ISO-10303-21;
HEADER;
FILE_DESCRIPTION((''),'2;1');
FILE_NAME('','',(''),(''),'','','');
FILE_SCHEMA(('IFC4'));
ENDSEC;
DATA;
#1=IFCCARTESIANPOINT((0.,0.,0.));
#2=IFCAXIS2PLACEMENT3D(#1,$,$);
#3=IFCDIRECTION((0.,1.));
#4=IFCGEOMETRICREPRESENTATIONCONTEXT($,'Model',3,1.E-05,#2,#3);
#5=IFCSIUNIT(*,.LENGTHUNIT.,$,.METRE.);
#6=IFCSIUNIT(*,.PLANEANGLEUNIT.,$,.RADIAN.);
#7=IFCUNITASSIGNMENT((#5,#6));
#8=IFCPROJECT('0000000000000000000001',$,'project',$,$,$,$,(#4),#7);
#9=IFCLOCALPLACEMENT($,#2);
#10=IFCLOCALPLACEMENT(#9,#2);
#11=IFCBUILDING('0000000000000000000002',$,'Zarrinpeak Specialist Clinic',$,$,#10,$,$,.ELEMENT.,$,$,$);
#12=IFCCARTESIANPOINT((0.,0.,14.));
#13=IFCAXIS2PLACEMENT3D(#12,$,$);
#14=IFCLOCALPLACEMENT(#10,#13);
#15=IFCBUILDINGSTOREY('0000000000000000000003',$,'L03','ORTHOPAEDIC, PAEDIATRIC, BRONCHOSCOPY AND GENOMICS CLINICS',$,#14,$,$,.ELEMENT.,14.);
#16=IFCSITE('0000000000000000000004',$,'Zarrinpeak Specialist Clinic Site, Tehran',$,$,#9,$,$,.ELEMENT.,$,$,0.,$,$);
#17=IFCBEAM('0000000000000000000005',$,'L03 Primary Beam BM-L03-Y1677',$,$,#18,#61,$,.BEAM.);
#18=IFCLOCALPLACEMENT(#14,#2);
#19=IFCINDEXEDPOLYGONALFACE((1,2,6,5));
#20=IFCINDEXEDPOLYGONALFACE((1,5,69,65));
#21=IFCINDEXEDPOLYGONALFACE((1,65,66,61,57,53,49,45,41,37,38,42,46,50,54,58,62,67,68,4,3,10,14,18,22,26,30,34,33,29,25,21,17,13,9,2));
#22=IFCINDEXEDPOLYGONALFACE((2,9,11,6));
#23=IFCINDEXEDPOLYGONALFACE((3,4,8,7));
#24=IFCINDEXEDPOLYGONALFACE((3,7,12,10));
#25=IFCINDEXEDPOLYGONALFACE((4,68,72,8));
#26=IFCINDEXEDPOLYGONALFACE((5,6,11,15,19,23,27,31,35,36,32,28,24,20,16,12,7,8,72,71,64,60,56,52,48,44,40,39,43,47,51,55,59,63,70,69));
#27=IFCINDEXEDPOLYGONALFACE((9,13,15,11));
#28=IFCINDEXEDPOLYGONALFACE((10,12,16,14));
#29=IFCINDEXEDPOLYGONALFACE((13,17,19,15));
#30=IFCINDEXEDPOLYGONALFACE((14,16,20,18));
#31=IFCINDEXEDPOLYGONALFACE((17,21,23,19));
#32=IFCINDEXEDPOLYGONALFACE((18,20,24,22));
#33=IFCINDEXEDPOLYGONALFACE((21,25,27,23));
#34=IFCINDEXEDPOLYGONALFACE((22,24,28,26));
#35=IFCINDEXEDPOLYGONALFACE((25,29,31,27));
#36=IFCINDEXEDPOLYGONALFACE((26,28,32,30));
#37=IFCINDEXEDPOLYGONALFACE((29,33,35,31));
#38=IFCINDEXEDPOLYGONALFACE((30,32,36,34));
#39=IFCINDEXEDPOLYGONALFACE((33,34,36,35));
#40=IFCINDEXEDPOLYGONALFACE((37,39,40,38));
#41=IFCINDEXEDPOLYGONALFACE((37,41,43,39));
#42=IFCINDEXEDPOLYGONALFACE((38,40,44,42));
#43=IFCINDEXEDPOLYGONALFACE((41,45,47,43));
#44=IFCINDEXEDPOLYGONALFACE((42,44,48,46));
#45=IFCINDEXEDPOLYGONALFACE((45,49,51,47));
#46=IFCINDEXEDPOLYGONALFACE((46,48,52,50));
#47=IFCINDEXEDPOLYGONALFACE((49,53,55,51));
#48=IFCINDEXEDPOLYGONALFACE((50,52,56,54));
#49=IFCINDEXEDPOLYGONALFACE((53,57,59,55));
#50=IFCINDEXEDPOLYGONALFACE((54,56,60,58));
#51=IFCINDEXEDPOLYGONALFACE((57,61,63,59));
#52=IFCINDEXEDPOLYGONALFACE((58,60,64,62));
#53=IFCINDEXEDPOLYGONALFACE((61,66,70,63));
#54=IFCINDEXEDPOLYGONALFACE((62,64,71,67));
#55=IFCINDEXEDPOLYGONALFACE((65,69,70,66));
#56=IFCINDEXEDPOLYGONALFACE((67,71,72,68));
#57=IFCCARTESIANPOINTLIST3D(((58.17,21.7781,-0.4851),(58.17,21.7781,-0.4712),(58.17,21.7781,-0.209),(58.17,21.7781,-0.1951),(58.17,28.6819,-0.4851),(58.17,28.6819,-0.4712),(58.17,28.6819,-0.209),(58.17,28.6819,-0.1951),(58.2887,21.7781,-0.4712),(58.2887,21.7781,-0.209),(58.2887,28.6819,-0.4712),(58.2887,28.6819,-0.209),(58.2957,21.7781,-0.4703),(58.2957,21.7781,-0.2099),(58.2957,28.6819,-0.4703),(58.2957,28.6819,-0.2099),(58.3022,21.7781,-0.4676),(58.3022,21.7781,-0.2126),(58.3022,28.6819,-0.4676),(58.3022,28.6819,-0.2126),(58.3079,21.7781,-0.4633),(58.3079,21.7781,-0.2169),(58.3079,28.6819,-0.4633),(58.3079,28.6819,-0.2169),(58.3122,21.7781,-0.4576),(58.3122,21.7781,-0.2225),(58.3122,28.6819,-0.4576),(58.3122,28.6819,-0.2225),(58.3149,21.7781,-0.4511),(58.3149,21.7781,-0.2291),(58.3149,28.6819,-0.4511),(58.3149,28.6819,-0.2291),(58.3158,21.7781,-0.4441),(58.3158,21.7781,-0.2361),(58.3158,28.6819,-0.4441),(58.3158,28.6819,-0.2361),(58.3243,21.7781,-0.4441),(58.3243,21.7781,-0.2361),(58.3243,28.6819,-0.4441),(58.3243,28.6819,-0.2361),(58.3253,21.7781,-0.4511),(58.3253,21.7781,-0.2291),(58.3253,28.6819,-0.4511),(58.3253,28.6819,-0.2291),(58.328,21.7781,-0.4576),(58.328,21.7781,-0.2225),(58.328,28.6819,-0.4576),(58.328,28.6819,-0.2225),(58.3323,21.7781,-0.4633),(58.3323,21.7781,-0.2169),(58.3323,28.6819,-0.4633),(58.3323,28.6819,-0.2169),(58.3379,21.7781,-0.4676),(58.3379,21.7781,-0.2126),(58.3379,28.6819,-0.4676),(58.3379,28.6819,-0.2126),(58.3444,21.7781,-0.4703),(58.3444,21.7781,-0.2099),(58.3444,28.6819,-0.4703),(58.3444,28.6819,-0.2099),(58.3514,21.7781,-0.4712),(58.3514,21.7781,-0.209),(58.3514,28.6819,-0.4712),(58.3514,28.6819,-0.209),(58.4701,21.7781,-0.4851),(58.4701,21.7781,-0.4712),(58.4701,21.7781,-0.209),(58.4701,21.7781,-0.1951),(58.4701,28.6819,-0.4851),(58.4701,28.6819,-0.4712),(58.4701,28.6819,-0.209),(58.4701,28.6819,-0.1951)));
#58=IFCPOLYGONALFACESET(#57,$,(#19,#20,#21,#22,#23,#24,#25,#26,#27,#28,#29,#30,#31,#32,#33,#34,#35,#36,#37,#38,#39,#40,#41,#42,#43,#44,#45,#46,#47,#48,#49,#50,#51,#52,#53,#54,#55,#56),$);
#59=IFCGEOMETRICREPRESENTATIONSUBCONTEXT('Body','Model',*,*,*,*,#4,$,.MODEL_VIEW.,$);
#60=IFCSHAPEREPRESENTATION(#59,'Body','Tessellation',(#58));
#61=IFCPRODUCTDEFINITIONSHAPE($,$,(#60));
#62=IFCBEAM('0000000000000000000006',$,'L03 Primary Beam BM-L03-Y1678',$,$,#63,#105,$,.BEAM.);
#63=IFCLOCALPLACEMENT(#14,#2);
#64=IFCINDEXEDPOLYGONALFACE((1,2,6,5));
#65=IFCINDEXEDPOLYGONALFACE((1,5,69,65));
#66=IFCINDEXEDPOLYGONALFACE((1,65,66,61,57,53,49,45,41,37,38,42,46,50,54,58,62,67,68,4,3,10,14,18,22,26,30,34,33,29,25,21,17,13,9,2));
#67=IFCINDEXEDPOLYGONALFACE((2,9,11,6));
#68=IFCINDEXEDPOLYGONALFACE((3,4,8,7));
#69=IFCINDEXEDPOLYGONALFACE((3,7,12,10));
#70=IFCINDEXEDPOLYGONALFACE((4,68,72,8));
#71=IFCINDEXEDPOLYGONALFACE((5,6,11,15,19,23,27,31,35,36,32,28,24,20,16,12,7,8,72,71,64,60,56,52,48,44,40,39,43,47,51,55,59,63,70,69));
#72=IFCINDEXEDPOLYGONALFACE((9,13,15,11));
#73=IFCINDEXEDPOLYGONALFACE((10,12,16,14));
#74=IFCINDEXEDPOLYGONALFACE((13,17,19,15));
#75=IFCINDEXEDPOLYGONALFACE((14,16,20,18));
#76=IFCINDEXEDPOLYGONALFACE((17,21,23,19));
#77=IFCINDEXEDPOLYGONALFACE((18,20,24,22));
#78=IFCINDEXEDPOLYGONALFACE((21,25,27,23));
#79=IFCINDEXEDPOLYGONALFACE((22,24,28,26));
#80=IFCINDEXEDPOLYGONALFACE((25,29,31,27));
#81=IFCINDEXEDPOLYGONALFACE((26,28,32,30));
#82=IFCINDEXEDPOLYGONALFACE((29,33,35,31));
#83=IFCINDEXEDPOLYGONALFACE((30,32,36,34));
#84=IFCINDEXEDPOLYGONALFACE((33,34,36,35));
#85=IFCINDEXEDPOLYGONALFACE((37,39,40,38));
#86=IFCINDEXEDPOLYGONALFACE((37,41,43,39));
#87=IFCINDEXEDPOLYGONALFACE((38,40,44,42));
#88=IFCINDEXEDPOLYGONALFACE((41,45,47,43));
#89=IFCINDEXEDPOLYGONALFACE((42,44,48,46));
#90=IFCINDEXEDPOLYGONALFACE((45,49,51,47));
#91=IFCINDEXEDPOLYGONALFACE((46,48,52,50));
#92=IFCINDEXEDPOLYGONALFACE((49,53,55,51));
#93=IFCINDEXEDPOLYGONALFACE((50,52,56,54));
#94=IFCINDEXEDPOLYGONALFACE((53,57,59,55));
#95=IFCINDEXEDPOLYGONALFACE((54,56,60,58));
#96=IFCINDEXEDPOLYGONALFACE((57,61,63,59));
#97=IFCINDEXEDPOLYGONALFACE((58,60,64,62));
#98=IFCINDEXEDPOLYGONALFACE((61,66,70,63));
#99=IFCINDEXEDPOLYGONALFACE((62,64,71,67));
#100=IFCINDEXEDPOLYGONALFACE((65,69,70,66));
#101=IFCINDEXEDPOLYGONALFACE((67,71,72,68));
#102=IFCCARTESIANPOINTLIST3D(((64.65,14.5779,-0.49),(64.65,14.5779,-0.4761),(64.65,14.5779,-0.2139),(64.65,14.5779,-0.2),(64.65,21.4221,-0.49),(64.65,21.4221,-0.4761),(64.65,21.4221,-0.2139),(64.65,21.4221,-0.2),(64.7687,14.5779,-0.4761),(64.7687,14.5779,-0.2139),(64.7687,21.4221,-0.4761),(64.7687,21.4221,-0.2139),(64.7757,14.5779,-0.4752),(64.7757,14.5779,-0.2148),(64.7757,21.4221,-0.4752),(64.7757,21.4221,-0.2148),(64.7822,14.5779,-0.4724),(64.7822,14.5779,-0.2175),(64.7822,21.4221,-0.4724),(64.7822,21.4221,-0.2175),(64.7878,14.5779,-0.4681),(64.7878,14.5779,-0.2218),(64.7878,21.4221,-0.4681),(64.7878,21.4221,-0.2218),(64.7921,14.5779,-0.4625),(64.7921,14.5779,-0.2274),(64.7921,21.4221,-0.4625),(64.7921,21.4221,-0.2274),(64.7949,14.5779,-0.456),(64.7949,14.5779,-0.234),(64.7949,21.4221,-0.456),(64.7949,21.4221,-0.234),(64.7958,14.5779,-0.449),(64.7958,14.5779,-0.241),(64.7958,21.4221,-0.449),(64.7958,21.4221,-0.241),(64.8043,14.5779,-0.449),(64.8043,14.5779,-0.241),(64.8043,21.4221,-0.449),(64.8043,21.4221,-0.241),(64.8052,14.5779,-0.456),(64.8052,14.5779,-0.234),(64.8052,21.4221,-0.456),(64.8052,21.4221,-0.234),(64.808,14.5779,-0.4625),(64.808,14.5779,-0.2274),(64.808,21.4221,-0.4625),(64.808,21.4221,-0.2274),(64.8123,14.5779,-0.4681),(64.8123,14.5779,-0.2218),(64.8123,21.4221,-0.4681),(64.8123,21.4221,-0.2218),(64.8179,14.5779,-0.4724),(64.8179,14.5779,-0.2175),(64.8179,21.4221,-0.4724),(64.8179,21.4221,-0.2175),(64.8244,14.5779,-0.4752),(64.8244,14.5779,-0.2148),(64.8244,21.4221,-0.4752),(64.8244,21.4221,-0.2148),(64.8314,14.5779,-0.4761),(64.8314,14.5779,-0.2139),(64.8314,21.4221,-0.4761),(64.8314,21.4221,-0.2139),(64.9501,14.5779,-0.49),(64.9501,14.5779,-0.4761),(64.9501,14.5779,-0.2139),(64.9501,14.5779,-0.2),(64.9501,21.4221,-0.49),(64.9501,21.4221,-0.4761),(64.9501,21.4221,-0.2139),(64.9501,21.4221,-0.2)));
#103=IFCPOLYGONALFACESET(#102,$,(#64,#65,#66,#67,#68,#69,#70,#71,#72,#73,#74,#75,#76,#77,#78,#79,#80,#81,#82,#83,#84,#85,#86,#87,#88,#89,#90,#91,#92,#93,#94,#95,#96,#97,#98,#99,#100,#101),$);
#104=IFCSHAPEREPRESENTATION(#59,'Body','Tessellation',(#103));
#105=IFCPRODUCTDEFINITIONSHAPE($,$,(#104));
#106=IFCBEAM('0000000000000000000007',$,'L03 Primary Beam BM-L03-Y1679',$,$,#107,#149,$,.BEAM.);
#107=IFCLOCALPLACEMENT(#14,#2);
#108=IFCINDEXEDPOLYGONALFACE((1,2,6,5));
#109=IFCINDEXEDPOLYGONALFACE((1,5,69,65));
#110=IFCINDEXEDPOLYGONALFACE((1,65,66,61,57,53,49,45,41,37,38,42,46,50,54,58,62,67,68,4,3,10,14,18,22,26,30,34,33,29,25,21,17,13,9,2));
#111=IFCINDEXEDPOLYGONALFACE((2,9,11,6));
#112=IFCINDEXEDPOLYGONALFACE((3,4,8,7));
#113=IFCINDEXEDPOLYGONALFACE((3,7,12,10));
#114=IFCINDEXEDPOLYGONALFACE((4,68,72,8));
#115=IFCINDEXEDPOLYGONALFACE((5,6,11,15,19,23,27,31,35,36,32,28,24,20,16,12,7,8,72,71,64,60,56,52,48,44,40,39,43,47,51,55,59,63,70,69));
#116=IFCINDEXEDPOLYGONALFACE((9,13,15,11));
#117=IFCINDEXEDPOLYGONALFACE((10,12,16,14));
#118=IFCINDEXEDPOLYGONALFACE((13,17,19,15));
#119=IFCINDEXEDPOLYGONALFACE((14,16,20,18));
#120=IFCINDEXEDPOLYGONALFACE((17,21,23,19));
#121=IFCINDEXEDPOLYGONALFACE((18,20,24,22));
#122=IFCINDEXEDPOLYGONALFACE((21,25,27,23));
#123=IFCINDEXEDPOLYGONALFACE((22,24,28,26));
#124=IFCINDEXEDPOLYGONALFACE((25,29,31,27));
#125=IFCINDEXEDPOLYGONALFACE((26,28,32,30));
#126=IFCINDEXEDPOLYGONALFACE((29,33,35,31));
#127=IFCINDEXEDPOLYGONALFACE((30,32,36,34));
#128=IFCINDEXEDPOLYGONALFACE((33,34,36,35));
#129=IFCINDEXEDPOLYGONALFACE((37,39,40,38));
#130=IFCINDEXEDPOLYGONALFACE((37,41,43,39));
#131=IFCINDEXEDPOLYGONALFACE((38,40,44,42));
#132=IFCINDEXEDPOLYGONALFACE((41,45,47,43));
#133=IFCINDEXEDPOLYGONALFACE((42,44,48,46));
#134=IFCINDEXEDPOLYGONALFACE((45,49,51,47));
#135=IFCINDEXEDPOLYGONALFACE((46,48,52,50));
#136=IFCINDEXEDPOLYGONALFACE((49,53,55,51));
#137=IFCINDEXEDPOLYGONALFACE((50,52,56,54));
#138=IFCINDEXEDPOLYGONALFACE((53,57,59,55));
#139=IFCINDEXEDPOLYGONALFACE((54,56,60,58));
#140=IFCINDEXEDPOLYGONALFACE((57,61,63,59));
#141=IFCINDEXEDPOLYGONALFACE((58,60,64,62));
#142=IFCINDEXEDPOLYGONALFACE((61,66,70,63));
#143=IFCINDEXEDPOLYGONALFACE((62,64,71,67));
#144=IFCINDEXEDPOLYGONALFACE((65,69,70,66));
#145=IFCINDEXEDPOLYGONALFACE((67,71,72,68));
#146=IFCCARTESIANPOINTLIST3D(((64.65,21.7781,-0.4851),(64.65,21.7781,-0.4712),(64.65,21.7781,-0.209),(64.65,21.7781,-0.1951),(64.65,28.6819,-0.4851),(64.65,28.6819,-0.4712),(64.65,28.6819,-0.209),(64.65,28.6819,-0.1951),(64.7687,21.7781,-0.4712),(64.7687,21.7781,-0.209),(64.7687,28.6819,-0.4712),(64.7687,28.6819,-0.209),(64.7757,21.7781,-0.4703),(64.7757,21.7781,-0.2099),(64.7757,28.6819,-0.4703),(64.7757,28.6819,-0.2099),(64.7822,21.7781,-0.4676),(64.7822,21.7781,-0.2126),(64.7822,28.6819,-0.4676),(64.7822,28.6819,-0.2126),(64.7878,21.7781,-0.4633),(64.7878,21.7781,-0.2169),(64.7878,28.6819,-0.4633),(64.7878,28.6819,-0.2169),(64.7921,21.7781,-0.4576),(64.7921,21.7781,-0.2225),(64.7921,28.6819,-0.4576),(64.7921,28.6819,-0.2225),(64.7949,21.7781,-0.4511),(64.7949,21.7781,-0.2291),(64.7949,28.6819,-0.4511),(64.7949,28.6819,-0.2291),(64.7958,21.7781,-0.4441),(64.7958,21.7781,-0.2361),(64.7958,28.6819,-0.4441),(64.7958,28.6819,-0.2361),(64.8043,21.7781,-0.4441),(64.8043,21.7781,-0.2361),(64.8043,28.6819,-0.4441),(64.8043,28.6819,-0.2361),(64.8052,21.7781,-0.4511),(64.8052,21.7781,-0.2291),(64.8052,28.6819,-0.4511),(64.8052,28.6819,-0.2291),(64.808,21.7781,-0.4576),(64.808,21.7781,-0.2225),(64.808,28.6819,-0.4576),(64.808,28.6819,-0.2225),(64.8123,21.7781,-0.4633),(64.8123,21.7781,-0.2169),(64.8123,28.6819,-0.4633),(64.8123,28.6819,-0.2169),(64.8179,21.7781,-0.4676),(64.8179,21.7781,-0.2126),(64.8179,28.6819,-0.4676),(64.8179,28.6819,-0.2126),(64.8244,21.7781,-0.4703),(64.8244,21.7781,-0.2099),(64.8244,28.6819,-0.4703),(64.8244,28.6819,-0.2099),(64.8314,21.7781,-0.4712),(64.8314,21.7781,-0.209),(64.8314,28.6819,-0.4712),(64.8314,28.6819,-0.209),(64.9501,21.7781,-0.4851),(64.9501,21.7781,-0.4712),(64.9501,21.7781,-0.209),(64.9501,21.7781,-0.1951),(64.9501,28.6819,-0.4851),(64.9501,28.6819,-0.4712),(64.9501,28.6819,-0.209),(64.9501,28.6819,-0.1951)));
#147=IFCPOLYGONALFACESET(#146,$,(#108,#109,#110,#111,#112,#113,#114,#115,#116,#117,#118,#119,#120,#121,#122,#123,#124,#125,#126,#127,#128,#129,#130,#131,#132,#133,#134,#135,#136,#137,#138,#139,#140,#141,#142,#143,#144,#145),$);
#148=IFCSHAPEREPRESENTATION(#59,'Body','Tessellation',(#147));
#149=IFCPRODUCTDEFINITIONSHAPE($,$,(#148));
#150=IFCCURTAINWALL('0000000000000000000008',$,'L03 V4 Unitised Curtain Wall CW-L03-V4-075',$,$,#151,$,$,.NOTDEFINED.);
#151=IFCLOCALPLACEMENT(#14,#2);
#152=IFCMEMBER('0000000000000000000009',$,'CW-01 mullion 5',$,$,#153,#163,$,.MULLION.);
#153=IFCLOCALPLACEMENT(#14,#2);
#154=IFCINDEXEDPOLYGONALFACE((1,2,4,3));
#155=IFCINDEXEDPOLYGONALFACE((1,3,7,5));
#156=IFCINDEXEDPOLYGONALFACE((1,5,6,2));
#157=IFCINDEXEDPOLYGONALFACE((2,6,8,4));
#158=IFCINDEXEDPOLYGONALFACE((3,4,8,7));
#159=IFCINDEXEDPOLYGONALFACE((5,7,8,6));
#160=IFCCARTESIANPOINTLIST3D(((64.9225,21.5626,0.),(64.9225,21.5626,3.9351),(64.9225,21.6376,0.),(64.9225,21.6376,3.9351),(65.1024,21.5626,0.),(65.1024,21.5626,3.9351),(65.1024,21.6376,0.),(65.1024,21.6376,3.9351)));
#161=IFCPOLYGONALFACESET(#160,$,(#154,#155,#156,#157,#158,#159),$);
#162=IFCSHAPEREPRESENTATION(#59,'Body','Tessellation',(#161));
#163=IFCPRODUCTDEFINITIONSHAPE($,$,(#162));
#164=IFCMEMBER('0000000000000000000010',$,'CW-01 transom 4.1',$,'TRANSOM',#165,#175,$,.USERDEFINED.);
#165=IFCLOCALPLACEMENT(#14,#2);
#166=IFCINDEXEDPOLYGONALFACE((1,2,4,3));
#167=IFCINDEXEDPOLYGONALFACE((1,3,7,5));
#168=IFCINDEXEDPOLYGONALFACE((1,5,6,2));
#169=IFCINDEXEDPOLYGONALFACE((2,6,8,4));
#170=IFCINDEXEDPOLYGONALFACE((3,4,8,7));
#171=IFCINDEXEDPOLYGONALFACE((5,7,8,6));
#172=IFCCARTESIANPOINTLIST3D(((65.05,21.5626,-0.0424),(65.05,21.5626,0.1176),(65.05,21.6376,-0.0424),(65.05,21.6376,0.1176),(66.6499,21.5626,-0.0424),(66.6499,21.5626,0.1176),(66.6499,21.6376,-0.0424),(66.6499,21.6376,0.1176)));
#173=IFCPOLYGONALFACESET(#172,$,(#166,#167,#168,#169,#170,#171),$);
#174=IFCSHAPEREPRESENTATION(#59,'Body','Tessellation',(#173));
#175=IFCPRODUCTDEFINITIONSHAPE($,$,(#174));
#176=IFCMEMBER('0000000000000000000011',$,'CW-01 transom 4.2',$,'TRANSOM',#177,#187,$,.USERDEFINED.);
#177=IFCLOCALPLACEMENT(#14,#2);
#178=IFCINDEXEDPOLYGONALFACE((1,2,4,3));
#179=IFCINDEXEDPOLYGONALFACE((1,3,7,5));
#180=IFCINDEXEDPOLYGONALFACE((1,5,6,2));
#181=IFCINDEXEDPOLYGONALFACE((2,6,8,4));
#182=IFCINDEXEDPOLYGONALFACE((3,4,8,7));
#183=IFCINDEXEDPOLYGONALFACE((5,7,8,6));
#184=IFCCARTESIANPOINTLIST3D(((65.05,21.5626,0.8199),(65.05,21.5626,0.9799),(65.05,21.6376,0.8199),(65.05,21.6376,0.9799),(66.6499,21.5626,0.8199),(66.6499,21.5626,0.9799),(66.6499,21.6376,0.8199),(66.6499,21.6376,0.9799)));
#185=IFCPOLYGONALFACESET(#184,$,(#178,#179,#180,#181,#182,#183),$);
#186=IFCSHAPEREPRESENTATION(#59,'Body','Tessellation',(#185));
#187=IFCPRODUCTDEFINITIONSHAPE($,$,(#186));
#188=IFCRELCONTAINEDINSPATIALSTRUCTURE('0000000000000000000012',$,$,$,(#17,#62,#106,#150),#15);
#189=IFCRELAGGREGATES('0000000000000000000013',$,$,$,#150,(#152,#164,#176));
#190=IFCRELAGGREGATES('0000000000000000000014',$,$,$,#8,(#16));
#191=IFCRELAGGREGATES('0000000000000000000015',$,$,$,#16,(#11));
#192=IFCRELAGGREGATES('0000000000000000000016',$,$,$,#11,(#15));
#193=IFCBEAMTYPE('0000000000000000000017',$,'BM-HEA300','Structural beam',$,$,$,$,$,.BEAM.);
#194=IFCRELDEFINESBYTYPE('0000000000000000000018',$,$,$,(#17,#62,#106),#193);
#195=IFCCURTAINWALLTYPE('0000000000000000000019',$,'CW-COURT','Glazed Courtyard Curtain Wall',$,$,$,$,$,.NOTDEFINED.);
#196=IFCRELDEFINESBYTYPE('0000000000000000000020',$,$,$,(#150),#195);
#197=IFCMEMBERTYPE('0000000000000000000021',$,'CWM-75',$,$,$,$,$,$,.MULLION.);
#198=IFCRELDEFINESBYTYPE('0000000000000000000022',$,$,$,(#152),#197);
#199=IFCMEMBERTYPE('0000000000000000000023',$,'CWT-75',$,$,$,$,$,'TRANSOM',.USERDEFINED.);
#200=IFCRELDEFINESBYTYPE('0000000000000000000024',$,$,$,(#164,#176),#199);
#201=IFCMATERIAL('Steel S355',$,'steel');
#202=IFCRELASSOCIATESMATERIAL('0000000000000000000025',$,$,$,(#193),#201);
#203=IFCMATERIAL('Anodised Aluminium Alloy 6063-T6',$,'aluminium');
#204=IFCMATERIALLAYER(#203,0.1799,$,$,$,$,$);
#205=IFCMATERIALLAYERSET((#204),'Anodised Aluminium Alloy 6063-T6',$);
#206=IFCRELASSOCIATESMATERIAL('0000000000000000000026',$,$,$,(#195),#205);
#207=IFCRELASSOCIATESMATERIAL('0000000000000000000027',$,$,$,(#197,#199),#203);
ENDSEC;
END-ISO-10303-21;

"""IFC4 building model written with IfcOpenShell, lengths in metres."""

from ifc_helpers import new_model, si_unit, direction, frame, origin, origin_2d, place, context, subcontext, project, spatial, rectangle, i_section, extrude, material, layer, layer_set, material_profile, profile_set, type_object, element, aggregate, save


model = new_model("IFC4")

# Units and contexts
model_context = context("Model", 3, precision=1e-05, world=origin(), true_north=direction((0.0, 1.0)))
body_context = subcontext(model_context, "Body", "Model", "MODEL_VIEW")
ifc_project = project(units=[si_unit("LENGTHUNIT", "METRE"), si_unit("PLANEANGLEUNIT", "RADIAN")], contexts=[model_context])

# Site, building, storey
site_placement = place(None, origin())
site = spatial("IfcSite", under=ifc_project, at=site_placement, Name="Zarrinpeak Specialist Clinic Site, Tehran", CompositionType="ELEMENT", RefElevation=0.0)
building_placement = place(site_placement, origin())
building = spatial("IfcBuilding", under=site, at=building_placement, Name="Zarrinpeak Specialist Clinic", CompositionType="ELEMENT")
storey_placement = place(building_placement, frame((0.0, 0.0, 14.0)))
storey = spatial("IfcBuildingStorey", under=building, at=storey_placement, Name="L03", Description="ORTHOPAEDIC, PAEDIATRIC, BRONCHOSCOPY AND GENOMICS CLINICS", CompositionType="ELEMENT", Elevation=14.0)

# Shared definitions
ifc_material_1 = material(Name="Steel S355", Category="steel")

# Beams
ifc_material_profile_1 = material_profile(ifc_material_1, i_section(OverallWidth=0.3, OverallDepth=0.29, WebThickness=0.0085, FlangeThickness=0.0139, FilletRadius=0.0271, at=origin_2d()), Name="HEA 300")
ifc_profile_set_1 = profile_set([ifc_material_profile_1], Name="Steel S355")
beam_type = type_object("IfcBeamType", Name="BM-HEA300", Description="Structural beam", PredefinedType="BEAM", material=ifc_profile_set_1)
for number, where, z_axis, x_axis, name in (
    (1, (58.3201, 21.7781, -0.3401), (0.0, 1.0, 0.0), (-1.0, 0.0, 0.0), "L03 Primary Beam BM-L03-Y1677"),
):
    element("IfcBeam", number, at=place(storey_placement, frame(where, z_axis=z_axis, x_axis=x_axis)), inside=storey, type_object=beam_type, Name=name, PredefinedType="BEAM", context=body_context, shape_type="SweptSolid", body=[
        extrude(i_section(OverallWidth=0.3, OverallDepth=0.29, WebThickness=0.0085, FlangeThickness=0.0139, FilletRadius=0.0271, at=origin_2d()), origin(), (0.0, 0.0, 1.0), 6.9038),
    ])
beam_1_placement = place(storey_placement, frame((64.8, 14.5779, -0.345), z_axis=(0.0, 1.0, 0.0), x_axis=(-1.0, 0.0, 0.0)))
element("IfcBeam", 2, at=beam_1_placement, inside=storey, type_object=beam_type, Name="L03 Primary Beam BM-L03-Y1678", PredefinedType="BEAM", context=body_context, shape_type="SweptSolid", body=[
    extrude(i_section(OverallWidth=0.3, OverallDepth=0.29, WebThickness=0.0085, FlangeThickness=0.0139, FilletRadius=0.0271, at=origin_2d()), origin(), (0.0, 0.0, 1.0), 6.8442),
])
beam_2_placement = place(storey_placement, frame((64.8, 21.7781, -0.3401), z_axis=(0.0, 1.0, 0.0), x_axis=(-1.0, 0.0, 0.0)))
element("IfcBeam", 3, at=beam_2_placement, inside=storey, type_object=beam_type, Name="L03 Primary Beam BM-L03-Y1679", PredefinedType="BEAM", context=body_context, shape_type="SweptSolid", body=[
    extrude(i_section(OverallWidth=0.3, OverallDepth=0.29, WebThickness=0.0085, FlangeThickness=0.0139, FilletRadius=0.0271, at=origin_2d()), origin(), (0.0, 0.0, 1.0), 6.9038),
])

# Curtain wall, members
ifc_material_2 = material(Name="Anodised Aluminium Alloy 6063-T6", Category="aluminium")
ifc_layer_1 = layer(ifc_material_2, 0.1799)
ifc_layer_set_1 = layer_set([ifc_layer_1], Name="Anodised Aluminium Alloy 6063-T6")
curtain_wall_type = type_object("IfcCurtainWallType", Name="CW-COURT", Description="Glazed Courtyard Curtain Wall", PredefinedType="NOTDEFINED", material=ifc_layer_set_1)
curtain_wall_placement = place(storey_placement, origin())
curtain_wall = element("IfcCurtainWall", 4, at=curtain_wall_placement, inside=storey, type_object=curtain_wall_type, Name="L03 V4 Unitised Curtain Wall CW-L03-V4-075", PredefinedType="NOTDEFINED")
ifc_material_profile_2 = material_profile(ifc_material_2, rectangle(XDim=0.075, YDim=0.1799, at=origin_2d()), Name="ALU 75x180")
ifc_profile_set_2 = profile_set([ifc_material_profile_2], Name="Anodised Aluminium Alloy 6063-T6")
member_type_1 = type_object("IfcMemberType", Name="CWM-75", PredefinedType="MULLION", material=ifc_profile_set_2)
member_1_placement = place(storey_placement, frame((65.0125, 21.6001, 0.0), z_axis=(0.0, 0.0, 1.0), x_axis=(0.0, -1.0, 0.0)))
member_1 = element("IfcMember", 5, at=member_1_placement, type_object=member_type_1, Name="CW-01 mullion 5", PredefinedType="MULLION", context=body_context, shape_type="SweptSolid", body=[
    extrude(rectangle(XDim=0.075, YDim=0.1799, at=origin_2d()), origin(), (0.0, 0.0, 1.0), 3.9351),
])
ifc_material_profile_3 = material_profile(ifc_material_2, rectangle(XDim=0.075, YDim=0.1599, at=origin_2d()), Name="ALU 75x160")
ifc_profile_set_3 = profile_set([ifc_material_profile_3], Name="Anodised Aluminium Alloy 6063-T6")
member_type_2 = type_object("IfcMemberType", Name="CWT-75", ElementType="TRANSOM", PredefinedType="USERDEFINED", material=ifc_profile_set_3)
member_2_placement = place(storey_placement, frame((66.6499, 21.6001, 0.0376), z_axis=(-1.0, 0.0, 0.0), x_axis=(0.0, -1.0, 0.0)))
member_2 = element("IfcMember", 6, at=member_2_placement, type_object=member_type_2, Name="CW-01 transom 4.1", ObjectType="TRANSOM", PredefinedType="USERDEFINED", context=body_context, shape_type="SweptSolid", body=[
    extrude(rectangle(XDim=0.075, YDim=0.1599, at=origin_2d()), origin(), (0.0, 0.0, 1.0), 1.5999),
])
member_3_placement = place(storey_placement, frame((66.6499, 21.6001, 0.8999), z_axis=(-1.0, 0.0, 0.0), x_axis=(0.0, -1.0, 0.0)))
member_3 = element("IfcMember", 7, at=member_3_placement, type_object=member_type_2, Name="CW-01 transom 4.2", ObjectType="TRANSOM", PredefinedType="USERDEFINED", context=body_context, shape_type="SweptSolid", body=[
    extrude(rectangle(XDim=0.075, YDim=0.1599, at=origin_2d()), origin(), (0.0, 0.0, 1.0), 1.5999),
])
aggregate(curtain_wall, [member_1, member_2, member_3])

save(model, "model.ifc")
